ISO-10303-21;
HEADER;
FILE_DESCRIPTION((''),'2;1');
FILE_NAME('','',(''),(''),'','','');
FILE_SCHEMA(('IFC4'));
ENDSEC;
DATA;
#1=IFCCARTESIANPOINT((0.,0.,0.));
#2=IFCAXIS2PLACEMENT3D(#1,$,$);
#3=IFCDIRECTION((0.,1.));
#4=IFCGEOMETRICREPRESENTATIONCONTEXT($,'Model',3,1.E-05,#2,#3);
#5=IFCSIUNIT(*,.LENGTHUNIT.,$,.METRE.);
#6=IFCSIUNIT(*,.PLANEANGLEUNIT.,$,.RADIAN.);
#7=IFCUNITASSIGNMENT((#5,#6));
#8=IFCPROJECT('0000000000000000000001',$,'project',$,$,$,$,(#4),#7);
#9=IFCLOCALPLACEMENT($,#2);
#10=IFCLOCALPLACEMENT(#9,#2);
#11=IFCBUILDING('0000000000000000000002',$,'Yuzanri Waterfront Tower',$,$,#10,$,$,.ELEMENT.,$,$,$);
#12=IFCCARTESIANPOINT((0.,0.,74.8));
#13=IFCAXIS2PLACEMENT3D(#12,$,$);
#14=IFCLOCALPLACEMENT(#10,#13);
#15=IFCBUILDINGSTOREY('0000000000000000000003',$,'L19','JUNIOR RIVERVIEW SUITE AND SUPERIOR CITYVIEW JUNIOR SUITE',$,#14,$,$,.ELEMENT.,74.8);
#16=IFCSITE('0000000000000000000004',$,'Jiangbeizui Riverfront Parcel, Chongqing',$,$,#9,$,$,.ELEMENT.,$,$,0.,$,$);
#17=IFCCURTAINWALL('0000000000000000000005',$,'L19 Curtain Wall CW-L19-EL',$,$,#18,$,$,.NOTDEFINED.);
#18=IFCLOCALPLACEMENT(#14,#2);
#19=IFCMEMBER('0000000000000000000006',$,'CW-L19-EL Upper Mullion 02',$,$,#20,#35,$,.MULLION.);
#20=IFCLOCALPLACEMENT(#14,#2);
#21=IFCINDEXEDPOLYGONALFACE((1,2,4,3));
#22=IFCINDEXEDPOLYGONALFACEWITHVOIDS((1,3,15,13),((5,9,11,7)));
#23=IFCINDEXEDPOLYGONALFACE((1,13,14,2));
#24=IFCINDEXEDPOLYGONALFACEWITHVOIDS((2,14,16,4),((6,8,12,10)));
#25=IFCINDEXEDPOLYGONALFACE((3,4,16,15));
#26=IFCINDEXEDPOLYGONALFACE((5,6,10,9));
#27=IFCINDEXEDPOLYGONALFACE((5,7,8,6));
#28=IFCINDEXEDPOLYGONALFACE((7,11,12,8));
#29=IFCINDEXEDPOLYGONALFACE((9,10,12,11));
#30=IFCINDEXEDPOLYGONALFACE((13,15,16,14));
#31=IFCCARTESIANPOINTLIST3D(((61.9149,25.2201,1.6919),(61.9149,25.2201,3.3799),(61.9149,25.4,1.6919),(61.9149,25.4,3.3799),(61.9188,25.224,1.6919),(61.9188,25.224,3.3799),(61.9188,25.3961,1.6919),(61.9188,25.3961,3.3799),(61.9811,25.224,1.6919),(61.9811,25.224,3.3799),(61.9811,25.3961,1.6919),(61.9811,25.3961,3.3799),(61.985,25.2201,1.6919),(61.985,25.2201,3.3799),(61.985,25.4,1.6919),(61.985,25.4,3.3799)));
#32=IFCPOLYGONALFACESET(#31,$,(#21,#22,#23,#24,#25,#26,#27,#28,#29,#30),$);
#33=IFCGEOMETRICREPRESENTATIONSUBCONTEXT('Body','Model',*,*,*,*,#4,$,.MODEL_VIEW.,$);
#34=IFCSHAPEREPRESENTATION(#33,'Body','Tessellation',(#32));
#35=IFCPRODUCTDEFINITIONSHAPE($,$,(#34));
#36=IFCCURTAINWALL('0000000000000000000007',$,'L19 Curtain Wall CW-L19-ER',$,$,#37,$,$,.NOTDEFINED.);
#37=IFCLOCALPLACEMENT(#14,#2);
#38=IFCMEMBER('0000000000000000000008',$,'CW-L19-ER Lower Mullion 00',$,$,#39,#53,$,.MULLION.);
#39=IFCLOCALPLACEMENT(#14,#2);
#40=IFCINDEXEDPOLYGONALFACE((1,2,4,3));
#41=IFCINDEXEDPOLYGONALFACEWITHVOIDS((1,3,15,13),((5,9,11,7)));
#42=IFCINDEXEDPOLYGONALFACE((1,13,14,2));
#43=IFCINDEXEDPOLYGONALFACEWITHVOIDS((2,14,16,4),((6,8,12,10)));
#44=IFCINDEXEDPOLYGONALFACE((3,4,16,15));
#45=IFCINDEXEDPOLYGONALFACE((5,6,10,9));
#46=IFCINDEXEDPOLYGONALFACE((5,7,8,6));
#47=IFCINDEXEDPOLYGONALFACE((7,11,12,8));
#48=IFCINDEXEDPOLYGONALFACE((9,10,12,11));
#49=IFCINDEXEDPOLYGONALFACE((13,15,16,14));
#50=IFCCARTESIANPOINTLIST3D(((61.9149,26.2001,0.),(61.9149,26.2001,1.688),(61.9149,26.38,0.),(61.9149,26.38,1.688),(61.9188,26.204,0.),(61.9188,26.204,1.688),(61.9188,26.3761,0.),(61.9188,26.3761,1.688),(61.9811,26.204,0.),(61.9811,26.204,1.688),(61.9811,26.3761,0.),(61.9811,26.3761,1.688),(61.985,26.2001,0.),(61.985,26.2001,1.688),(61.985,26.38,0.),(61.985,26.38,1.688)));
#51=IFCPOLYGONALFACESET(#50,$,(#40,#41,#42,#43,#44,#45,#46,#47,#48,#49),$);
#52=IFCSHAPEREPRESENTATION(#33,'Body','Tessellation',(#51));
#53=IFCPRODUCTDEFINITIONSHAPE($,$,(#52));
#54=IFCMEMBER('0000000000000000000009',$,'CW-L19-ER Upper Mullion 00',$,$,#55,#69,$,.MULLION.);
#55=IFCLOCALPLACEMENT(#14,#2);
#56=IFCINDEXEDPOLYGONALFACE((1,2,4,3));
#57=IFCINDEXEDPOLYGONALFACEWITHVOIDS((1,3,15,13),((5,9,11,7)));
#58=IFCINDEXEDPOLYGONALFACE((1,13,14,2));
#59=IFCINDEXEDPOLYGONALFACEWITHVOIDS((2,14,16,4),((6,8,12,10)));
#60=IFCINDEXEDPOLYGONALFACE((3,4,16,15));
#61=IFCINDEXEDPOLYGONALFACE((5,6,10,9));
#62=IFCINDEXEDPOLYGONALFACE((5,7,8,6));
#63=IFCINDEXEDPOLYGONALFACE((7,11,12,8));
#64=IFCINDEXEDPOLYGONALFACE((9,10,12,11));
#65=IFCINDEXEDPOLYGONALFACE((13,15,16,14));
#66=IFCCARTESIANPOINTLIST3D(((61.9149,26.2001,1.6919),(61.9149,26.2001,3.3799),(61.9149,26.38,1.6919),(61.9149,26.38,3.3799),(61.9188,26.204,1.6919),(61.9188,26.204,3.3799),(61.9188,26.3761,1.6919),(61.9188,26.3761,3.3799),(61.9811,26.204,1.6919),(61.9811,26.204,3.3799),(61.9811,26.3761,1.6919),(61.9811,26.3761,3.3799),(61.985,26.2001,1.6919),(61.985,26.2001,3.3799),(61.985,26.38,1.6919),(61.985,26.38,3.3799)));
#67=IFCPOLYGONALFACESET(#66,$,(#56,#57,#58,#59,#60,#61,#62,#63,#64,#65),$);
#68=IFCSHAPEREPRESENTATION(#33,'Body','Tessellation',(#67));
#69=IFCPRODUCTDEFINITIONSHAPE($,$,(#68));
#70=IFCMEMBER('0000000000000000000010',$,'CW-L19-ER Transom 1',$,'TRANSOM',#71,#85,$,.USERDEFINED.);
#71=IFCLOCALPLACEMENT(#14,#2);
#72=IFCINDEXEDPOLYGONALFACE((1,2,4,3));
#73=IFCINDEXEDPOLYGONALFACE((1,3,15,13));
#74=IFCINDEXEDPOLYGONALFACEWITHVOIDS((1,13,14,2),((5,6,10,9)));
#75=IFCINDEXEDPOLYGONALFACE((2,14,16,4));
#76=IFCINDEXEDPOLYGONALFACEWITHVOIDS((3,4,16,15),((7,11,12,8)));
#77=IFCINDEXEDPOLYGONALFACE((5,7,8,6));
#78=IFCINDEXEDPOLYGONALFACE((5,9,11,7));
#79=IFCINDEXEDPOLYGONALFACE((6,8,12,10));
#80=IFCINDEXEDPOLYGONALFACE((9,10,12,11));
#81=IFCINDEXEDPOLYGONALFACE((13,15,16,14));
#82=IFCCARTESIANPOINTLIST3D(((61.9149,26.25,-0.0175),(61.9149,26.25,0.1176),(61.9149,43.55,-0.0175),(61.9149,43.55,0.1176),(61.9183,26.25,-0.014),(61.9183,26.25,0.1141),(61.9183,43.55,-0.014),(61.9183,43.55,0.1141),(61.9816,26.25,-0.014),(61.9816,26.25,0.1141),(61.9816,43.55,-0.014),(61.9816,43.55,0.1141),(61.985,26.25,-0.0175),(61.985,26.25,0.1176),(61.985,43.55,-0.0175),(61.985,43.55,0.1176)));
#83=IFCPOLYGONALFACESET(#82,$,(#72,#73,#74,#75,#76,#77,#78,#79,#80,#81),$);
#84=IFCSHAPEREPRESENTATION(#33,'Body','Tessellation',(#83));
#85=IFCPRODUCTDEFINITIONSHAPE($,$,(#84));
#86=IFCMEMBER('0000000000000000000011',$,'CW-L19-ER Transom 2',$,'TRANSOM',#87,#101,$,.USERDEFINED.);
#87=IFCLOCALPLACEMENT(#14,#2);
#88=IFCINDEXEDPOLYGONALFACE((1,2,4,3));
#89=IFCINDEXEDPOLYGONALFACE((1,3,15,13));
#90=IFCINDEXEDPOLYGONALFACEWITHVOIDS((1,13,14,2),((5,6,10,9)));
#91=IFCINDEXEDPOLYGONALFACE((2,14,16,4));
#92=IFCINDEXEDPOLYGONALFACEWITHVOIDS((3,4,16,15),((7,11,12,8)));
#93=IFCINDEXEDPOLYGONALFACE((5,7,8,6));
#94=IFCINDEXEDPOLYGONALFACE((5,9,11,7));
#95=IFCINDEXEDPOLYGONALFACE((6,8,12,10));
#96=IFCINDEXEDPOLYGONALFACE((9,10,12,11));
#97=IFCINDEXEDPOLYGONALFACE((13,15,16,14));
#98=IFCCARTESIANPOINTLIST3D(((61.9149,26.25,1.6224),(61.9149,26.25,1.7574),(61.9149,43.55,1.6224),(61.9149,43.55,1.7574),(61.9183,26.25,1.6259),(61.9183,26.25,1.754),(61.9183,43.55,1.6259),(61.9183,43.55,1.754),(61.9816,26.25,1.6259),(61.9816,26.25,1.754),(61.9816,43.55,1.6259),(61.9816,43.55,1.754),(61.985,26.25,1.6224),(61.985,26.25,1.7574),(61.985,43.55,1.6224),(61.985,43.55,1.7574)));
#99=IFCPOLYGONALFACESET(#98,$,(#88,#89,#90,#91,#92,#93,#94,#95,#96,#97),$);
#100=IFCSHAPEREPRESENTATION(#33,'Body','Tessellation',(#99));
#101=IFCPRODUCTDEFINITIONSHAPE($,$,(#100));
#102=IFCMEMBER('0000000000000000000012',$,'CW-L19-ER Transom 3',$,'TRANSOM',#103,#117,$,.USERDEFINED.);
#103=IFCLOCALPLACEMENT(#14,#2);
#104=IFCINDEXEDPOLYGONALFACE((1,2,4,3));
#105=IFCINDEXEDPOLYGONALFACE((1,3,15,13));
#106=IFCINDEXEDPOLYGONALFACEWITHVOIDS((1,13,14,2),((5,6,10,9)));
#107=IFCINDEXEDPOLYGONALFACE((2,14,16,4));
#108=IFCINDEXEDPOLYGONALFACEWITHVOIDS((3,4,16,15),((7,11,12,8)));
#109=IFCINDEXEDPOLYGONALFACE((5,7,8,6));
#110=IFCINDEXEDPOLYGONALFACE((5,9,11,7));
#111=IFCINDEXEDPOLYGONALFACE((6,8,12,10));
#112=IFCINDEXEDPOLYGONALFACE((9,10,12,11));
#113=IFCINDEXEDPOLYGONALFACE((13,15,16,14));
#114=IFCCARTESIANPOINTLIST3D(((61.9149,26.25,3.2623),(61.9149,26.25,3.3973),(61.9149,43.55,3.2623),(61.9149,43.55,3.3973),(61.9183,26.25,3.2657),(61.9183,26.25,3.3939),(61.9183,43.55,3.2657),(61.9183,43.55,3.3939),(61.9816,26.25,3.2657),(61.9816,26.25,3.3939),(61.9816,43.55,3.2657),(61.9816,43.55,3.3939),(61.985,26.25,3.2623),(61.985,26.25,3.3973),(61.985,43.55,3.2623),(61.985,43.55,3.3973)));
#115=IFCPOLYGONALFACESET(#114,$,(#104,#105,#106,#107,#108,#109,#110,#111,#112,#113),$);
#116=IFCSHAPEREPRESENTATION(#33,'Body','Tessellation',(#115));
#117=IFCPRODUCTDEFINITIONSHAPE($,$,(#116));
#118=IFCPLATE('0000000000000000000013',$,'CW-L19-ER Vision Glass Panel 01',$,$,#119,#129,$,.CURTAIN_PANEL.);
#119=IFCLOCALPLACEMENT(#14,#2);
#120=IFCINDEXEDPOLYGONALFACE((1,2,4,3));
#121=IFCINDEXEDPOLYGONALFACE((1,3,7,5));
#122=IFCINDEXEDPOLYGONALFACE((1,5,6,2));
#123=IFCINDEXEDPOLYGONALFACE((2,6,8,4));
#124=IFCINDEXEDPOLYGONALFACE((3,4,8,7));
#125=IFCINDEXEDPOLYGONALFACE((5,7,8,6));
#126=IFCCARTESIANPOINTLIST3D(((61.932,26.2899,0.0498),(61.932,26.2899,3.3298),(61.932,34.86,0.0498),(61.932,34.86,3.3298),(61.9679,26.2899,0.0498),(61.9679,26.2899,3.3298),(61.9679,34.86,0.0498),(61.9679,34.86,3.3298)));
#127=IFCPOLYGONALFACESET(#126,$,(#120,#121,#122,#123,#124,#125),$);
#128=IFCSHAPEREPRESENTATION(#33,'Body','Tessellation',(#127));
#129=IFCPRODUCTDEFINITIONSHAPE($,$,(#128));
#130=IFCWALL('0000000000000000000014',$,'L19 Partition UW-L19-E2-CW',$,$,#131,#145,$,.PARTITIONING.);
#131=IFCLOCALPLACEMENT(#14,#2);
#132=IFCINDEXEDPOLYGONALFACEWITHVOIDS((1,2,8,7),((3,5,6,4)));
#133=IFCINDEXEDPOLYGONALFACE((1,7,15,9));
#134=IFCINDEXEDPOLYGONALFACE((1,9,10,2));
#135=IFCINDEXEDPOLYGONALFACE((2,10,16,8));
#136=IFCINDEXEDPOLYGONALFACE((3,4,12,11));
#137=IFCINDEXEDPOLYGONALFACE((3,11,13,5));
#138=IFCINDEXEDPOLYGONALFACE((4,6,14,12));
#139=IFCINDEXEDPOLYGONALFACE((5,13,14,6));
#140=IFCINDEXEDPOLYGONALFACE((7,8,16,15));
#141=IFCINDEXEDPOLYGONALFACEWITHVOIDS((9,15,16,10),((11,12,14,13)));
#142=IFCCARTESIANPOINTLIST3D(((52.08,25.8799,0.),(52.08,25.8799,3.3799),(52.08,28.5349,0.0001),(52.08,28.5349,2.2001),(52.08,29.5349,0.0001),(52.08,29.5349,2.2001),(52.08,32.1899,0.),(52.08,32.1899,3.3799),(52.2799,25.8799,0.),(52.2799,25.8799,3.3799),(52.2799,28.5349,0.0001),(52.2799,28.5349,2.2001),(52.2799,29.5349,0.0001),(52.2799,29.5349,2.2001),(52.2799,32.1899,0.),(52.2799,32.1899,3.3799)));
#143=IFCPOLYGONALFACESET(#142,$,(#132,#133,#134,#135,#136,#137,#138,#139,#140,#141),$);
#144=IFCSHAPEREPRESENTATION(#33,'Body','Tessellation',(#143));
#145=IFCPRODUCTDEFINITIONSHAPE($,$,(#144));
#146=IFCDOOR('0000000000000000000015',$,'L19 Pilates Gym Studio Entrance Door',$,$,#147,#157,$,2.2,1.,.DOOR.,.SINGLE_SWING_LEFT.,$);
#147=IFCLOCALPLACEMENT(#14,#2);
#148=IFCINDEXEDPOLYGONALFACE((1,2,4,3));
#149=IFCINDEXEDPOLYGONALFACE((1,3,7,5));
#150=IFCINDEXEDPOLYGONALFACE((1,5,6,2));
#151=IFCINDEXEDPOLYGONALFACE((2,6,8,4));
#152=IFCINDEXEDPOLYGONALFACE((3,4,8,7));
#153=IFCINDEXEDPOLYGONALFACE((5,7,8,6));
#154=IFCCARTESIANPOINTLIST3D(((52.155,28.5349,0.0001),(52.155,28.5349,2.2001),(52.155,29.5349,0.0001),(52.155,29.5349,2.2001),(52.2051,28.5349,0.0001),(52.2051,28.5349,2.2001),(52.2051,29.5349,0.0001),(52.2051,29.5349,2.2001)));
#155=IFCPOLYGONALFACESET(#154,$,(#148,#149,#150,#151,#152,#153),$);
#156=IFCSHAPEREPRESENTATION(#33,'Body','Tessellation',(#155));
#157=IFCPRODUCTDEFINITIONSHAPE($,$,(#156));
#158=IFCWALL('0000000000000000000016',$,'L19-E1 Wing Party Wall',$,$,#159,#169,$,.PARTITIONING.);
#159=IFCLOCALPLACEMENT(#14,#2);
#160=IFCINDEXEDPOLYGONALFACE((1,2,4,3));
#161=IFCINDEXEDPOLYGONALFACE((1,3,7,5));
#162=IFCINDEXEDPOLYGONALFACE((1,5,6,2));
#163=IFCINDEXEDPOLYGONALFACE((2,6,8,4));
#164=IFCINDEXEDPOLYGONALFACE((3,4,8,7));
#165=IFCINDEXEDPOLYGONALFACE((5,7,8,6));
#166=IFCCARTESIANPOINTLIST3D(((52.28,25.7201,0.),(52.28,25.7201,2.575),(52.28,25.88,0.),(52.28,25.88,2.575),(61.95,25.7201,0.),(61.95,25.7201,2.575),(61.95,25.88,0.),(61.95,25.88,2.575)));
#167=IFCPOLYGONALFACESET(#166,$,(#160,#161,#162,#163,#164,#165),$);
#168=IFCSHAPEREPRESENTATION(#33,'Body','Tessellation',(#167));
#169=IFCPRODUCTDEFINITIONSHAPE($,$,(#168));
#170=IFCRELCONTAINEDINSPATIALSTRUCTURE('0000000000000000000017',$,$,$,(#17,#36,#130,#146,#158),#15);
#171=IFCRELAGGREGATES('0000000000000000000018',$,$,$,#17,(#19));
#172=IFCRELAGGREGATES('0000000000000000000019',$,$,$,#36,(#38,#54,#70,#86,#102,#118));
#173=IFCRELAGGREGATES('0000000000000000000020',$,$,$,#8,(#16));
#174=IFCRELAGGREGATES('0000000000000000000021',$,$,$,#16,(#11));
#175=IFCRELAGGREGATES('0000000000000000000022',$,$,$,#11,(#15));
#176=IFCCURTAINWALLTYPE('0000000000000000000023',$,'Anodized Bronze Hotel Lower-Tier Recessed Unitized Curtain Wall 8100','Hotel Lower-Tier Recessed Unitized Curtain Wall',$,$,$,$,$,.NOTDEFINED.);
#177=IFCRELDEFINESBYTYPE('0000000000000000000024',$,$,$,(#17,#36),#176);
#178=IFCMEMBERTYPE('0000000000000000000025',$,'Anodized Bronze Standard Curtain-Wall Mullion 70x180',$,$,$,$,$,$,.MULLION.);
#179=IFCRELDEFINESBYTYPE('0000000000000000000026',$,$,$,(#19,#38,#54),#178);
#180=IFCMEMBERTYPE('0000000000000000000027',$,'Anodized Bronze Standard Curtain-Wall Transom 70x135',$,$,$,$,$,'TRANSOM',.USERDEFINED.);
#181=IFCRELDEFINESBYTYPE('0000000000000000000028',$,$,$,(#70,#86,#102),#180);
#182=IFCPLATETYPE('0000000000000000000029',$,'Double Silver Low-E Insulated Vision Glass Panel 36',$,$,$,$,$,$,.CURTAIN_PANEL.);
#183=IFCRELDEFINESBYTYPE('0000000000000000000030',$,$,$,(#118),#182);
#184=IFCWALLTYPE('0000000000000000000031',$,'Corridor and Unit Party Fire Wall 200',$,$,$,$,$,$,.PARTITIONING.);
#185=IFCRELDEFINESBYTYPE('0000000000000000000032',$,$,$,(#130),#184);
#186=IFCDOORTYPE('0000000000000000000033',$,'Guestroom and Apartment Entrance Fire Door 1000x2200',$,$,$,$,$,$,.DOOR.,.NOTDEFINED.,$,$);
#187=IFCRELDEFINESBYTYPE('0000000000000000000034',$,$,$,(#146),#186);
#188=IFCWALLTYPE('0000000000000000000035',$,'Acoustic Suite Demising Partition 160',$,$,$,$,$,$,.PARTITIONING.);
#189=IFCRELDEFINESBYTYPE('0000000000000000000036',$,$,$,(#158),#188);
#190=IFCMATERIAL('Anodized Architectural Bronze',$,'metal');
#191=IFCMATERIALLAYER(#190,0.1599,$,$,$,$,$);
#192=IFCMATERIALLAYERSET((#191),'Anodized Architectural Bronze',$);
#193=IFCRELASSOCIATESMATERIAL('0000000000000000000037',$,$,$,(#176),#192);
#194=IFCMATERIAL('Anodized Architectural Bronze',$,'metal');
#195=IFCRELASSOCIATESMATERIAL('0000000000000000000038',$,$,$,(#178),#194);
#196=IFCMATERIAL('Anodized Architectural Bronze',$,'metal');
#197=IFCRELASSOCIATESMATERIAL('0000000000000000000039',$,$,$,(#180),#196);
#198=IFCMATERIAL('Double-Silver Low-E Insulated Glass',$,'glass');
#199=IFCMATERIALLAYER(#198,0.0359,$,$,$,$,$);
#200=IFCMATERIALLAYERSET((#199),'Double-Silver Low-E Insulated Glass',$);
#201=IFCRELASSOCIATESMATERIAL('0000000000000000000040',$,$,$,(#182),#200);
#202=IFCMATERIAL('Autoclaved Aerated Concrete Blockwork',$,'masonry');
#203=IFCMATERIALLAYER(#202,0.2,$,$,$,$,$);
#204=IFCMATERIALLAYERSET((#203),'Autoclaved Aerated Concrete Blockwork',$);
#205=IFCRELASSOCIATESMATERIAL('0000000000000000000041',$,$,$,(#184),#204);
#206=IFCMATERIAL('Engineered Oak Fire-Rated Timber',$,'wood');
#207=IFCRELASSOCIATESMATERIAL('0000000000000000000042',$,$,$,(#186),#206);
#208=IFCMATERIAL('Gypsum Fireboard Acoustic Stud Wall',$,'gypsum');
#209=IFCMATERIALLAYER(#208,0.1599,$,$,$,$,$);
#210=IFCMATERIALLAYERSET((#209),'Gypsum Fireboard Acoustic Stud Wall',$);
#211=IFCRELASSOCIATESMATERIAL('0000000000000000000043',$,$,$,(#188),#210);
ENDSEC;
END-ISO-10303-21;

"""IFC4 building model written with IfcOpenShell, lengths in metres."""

from ifc_helpers import new_model, si_unit, direction, frame, frame_2d, origin, origin_2d, place, context, subcontext, project, spatial, rectangle, hollow_rectangle, extrude, source, transform, mapped, material, layer, layer_set, material_profile, profile_set, type_object, element, fill, aggregate, save


model = new_model("IFC4")

# Units and contexts
model_context = context("Model", 3, precision=1e-05, world=origin(), true_north=direction((0.0, 1.0)))
body_context = subcontext(model_context, "Body", "Model", "MODEL_VIEW")
ifc_project = project(units=[si_unit("LENGTHUNIT", "METRE"), si_unit("PLANEANGLEUNIT", "RADIAN")], contexts=[model_context])

# Site, building, storey
site_placement = place(None, origin())
site = spatial("IfcSite", under=ifc_project, at=site_placement, Name="Jiangbeizui Riverfront Parcel, Chongqing", CompositionType="ELEMENT", RefElevation=0.0)
building_placement = place(site_placement, origin())
building = spatial("IfcBuilding", under=site, at=building_placement, Name="Yuzanri Waterfront Tower", CompositionType="ELEMENT")
storey_placement = place(building_placement, frame((0.0, 0.0, 74.8)))
storey = spatial("IfcBuildingStorey", under=building, at=storey_placement, Name="L19", Description="JUNIOR RIVERVIEW SUITE AND SUPERIOR CITYVIEW JUNIOR SUITE", CompositionType="ELEMENT", Elevation=74.8)

# Curtain wall, member
ifc_material_1 = material(Name="Anodized Architectural Bronze", Category="metal")
ifc_layer_1 = layer(ifc_material_1, 0.1599)
ifc_layer_set_1 = layer_set([ifc_layer_1], Name="Anodized Architectural Bronze")
curtain_wall_type = type_object("IfcCurtainWallType", Name="Anodized Bronze Hotel Lower-Tier Recessed Unitized Curtain Wall 8100", Description="Hotel Lower-Tier Recessed Unitized Curtain Wall", PredefinedType="NOTDEFINED", material=ifc_layer_set_1)
curtain_wall_1_placement = place(storey_placement, origin())
curtain_wall_1 = element("IfcCurtainWall", 1, at=curtain_wall_1_placement, inside=storey, type_object=curtain_wall_type, Name="L19 Curtain Wall CW-L19-EL", PredefinedType="NOTDEFINED")
ifc_material_2 = material(Name="Anodized Architectural Bronze", Category="metal")
ifc_material_profile_1 = material_profile(ifc_material_2, hollow_rectangle(XDim=0.0701, YDim=0.1799, WallThickness=0.0039, at=origin_2d()), Name="CWM 70x180")
ifc_profile_set_1 = profile_set([ifc_material_profile_1], Name="Anodized Architectural Bronze")
member_type_1 = type_object("IfcMemberType", Name="Anodized Bronze Standard Curtain-Wall Mullion 70x180", PredefinedType="MULLION", material=ifc_profile_set_1)
shared_shape_1 = source(origin(), body_context, "Body", "SweptSolid", [
    extrude(hollow_rectangle(XDim=0.0701, YDim=0.1799, WallThickness=0.0039, at=origin_2d()), origin(), (0.0, 0.0, 1.0), 1.688),
])
member_1_placement = place(storey_placement, frame((61.95, 25.3101, 1.6919), z_axis=(0.0, 0.0, 1.0), x_axis=(1.0, 0.0, 0.0)))
member_1 = element("IfcMember", 2, at=member_1_placement, type_object=member_type_1, Name="CW-L19-EL Upper Mullion 02", PredefinedType="MULLION", context=body_context, shape_type="MappedRepresentation", body=[
    mapped(shared_shape_1, transform((0.0, 0.0, 0.0), scale=1.0)),
])
aggregate(curtain_wall_1, [member_1])

# Curtain wall, members, plate
curtain_wall_2_placement = place(storey_placement, origin())
curtain_wall_2 = element("IfcCurtainWall", 3, at=curtain_wall_2_placement, inside=storey, type_object=curtain_wall_type, Name="L19 Curtain Wall CW-L19-ER", PredefinedType="NOTDEFINED")
member_2_placement = place(storey_placement, frame((61.95, 26.29, 0.0), z_axis=(0.0, 0.0, 1.0), x_axis=(1.0, 0.0, 0.0)))
member_2 = element("IfcMember", 4, at=member_2_placement, type_object=member_type_1, Name="CW-L19-ER Lower Mullion 00", PredefinedType="MULLION", context=body_context, shape_type="MappedRepresentation", body=[
    mapped(shared_shape_1, transform((0.0, 0.0, 0.0), scale=1.0)),
])
member_3_placement = place(storey_placement, frame((61.95, 26.29, 1.6919), z_axis=(0.0, 0.0, 1.0), x_axis=(1.0, 0.0, 0.0)))
member_3 = element("IfcMember", 5, at=member_3_placement, type_object=member_type_1, Name="CW-L19-ER Upper Mullion 00", PredefinedType="MULLION", context=body_context, shape_type="MappedRepresentation", body=[
    mapped(shared_shape_1, transform((0.0, 0.0, 0.0), scale=1.0)),
])
ifc_material_3 = material(Name="Anodized Architectural Bronze", Category="metal")
ifc_material_profile_2 = material_profile(ifc_material_3, hollow_rectangle(XDim=0.0701, YDim=0.135, WallThickness=0.0034, at=origin_2d()), Name="CWT 70x135")
ifc_profile_set_2 = profile_set([ifc_material_profile_2], Name="Anodized Architectural Bronze")
member_type_2 = type_object("IfcMemberType", Name="Anodized Bronze Standard Curtain-Wall Transom 70x135", ElementType="TRANSOM", PredefinedType="USERDEFINED", material=ifc_profile_set_2)
shared_shape_2 = source(origin(), body_context, "Body", "SweptSolid", [
    extrude(hollow_rectangle(XDim=0.0701, YDim=0.135, WallThickness=0.0034, at=origin_2d()), origin(), (0.0, 0.0, 1.0), 17.3),
])
member_4_placement = place(storey_placement, frame((61.95, 26.25, 0.05), z_axis=(0.0, 1.0, 0.0), x_axis=(-1.0, 0.0, 0.0)))
member_4 = element("IfcMember", 6, at=member_4_placement, type_object=member_type_2, Name="CW-L19-ER Transom 1", ObjectType="TRANSOM", PredefinedType="USERDEFINED", context=body_context, shape_type="MappedRepresentation", body=[
    mapped(shared_shape_2, transform((0.0, 0.0, 0.0), scale=1.0)),
])
member_5_placement = place(storey_placement, frame((61.95, 26.25, 1.6899), z_axis=(0.0, 1.0, 0.0), x_axis=(-1.0, 0.0, 0.0)))
member_5 = element("IfcMember", 7, at=member_5_placement, type_object=member_type_2, Name="CW-L19-ER Transom 2", ObjectType="TRANSOM", PredefinedType="USERDEFINED", context=body_context, shape_type="MappedRepresentation", body=[
    mapped(shared_shape_2, transform((0.0, 0.0, 0.0), scale=1.0)),
])
member_6_placement = place(storey_placement, frame((61.95, 26.25, 3.3298), z_axis=(0.0, 1.0, 0.0), x_axis=(-1.0, 0.0, 0.0)))
member_6 = element("IfcMember", 8, at=member_6_placement, type_object=member_type_2, Name="CW-L19-ER Transom 3", ObjectType="TRANSOM", PredefinedType="USERDEFINED", context=body_context, shape_type="MappedRepresentation", body=[
    mapped(shared_shape_2, transform((0.0, 0.0, 0.0), scale=1.0)),
])
ifc_material_4 = material(Name="Double-Silver Low-E Insulated Glass", Category="glass")
ifc_layer_2 = layer(ifc_material_4, 0.0359)
ifc_layer_set_2 = layer_set([ifc_layer_2], Name="Double-Silver Low-E Insulated Glass")
plate_type = type_object("IfcPlateType", Name="Double Silver Low-E Insulated Vision Glass Panel 36", PredefinedType="CURTAIN_PANEL", material=ifc_layer_set_2)
shared_shape_3 = source(origin(), body_context, "Body", "SweptSolid", [
    extrude(rectangle(XDim=8.5701, YDim=0.0359, at=origin_2d()), origin(), (0.0, 0.0, 1.0), 3.28),
])
plate_placement = place(storey_placement, frame((61.95, 30.575, 0.0498), z_axis=(0.0, 0.0, 1.0), x_axis=(0.0, 1.0, 0.0)))
plate = element("IfcPlate", 9, at=plate_placement, type_object=plate_type, Name="CW-L19-ER Vision Glass Panel 01", PredefinedType="CURTAIN_PANEL", context=body_context, shape_type="MappedRepresentation", body=[
    mapped(shared_shape_3, transform((0.0, 0.0, 0.0), scale=1.0)),
])
aggregate(curtain_wall_2, [member_2, member_3, member_4, member_5, member_6, plate])

# Wall, opening, door
ifc_material_5 = material(Name="Autoclaved Aerated Concrete Blockwork", Category="masonry")
ifc_layer_3 = layer(ifc_material_5, 0.2)
ifc_layer_set_3 = layer_set([ifc_layer_3], Name="Autoclaved Aerated Concrete Blockwork")
wall_type_1 = type_object("IfcWallType", Name="Corridor and Unit Party Fire Wall 200", PredefinedType="PARTITIONING", material=ifc_layer_set_3)
wall_1_placement = place(storey_placement, frame((52.1799, 25.8799, 0.0), z_axis=(0.0, 0.0, 1.0), x_axis=(0.0, 1.0, 0.0)))
wall_1 = element("IfcWall", 10, at=wall_1_placement, inside=storey, type_object=wall_type_1, Name="L19 Partition UW-L19-E2-CW", PredefinedType="PARTITIONING", context=body_context, shape_type="SweptSolid", body=[
    extrude(rectangle(XDim=6.3101, YDim=0.2, at=frame_2d((3.155, 0.0))), origin(), (0.0, 0.0, 1.0), 3.3799),
])
opening_placement = place(wall_1_placement, frame((2.655, 0.0, 0.0)))
opening = element("IfcOpeningElement", 11, at=opening_placement, cuts=wall_1, PredefinedType="OPENING", context=body_context, shape_type="SweptSolid", body=[
    extrude(rectangle(XDim=1.0, YDim=2.2, at=frame_2d((0.5, 1.1001))), frame((0.0, 0.1147, 0.0), z_axis=(0.0, -1.0, 0.0), x_axis=(1.0, 0.0, 0.0)), (0.0, 0.0, 1.0), 0.2297),
])
ifc_material_6 = material(Name="Engineered Oak Fire-Rated Timber", Category="wood")
door_type = type_object("IfcDoorType", Name="Guestroom and Apartment Entrance Fire Door 1000x2200", OperationType="NOTDEFINED", PredefinedType="DOOR", material=ifc_material_6)
shared_shape_4 = source(origin(), body_context, "Body", "SweptSolid", [
    extrude(rectangle(XDim=1.0, YDim=2.2, at=frame_2d((0.5, 1.1001))), frame((0.0, 0.0249, 0.0), z_axis=(0.0, -1.0, 0.0), x_axis=(1.0, 0.0, 0.0)), (0.0, 0.0, 1.0), 0.05),
])
door_placement = place(opening_placement, origin())
door = element("IfcDoor", 12, at=door_placement, inside=storey, type_object=door_type, Name="L19 Pilates Gym Studio Entrance Door", OperationType="SINGLE_SWING_LEFT", OverallHeight=2.2, OverallWidth=1.0, PredefinedType="DOOR", context=body_context, shape_type="MappedRepresentation", body=[
    mapped(shared_shape_4, transform((0.0, 0.0, 0.0), scale=1.0)),
])
fill(opening, door)

# Wall
ifc_material_7 = material(Name="Gypsum Fireboard Acoustic Stud Wall", Category="gypsum")
ifc_layer_4 = layer(ifc_material_7, 0.1599)
ifc_layer_set_4 = layer_set([ifc_layer_4], Name="Gypsum Fireboard Acoustic Stud Wall")
wall_type_2 = type_object("IfcWallType", Name="Acoustic Suite Demising Partition 160", PredefinedType="PARTITIONING", material=ifc_layer_set_4)
shared_shape_5 = source(origin(), body_context, "Body", "SweptSolid", [
    extrude(rectangle(XDim=9.6699, YDim=0.1599, at=frame_2d((4.835, 0.0))), origin(), (0.0, 0.0, 1.0), 2.575),
])
wall_2_placement = place(storey_placement, frame((52.28, 25.8, 0.0), z_axis=(0.0, 0.0, 1.0), x_axis=(1.0, 0.0, 0.0)))
element("IfcWall", 13, at=wall_2_placement, inside=storey, type_object=wall_type_2, Name="L19-E1 Wing Party Wall", PredefinedType="PARTITIONING", context=body_context, shape_type="MappedRepresentation", body=[
    mapped(shared_shape_5, transform((0.0, 0.0, 0.0), scale=1.0)),
])

save(model, "model.ifc")
